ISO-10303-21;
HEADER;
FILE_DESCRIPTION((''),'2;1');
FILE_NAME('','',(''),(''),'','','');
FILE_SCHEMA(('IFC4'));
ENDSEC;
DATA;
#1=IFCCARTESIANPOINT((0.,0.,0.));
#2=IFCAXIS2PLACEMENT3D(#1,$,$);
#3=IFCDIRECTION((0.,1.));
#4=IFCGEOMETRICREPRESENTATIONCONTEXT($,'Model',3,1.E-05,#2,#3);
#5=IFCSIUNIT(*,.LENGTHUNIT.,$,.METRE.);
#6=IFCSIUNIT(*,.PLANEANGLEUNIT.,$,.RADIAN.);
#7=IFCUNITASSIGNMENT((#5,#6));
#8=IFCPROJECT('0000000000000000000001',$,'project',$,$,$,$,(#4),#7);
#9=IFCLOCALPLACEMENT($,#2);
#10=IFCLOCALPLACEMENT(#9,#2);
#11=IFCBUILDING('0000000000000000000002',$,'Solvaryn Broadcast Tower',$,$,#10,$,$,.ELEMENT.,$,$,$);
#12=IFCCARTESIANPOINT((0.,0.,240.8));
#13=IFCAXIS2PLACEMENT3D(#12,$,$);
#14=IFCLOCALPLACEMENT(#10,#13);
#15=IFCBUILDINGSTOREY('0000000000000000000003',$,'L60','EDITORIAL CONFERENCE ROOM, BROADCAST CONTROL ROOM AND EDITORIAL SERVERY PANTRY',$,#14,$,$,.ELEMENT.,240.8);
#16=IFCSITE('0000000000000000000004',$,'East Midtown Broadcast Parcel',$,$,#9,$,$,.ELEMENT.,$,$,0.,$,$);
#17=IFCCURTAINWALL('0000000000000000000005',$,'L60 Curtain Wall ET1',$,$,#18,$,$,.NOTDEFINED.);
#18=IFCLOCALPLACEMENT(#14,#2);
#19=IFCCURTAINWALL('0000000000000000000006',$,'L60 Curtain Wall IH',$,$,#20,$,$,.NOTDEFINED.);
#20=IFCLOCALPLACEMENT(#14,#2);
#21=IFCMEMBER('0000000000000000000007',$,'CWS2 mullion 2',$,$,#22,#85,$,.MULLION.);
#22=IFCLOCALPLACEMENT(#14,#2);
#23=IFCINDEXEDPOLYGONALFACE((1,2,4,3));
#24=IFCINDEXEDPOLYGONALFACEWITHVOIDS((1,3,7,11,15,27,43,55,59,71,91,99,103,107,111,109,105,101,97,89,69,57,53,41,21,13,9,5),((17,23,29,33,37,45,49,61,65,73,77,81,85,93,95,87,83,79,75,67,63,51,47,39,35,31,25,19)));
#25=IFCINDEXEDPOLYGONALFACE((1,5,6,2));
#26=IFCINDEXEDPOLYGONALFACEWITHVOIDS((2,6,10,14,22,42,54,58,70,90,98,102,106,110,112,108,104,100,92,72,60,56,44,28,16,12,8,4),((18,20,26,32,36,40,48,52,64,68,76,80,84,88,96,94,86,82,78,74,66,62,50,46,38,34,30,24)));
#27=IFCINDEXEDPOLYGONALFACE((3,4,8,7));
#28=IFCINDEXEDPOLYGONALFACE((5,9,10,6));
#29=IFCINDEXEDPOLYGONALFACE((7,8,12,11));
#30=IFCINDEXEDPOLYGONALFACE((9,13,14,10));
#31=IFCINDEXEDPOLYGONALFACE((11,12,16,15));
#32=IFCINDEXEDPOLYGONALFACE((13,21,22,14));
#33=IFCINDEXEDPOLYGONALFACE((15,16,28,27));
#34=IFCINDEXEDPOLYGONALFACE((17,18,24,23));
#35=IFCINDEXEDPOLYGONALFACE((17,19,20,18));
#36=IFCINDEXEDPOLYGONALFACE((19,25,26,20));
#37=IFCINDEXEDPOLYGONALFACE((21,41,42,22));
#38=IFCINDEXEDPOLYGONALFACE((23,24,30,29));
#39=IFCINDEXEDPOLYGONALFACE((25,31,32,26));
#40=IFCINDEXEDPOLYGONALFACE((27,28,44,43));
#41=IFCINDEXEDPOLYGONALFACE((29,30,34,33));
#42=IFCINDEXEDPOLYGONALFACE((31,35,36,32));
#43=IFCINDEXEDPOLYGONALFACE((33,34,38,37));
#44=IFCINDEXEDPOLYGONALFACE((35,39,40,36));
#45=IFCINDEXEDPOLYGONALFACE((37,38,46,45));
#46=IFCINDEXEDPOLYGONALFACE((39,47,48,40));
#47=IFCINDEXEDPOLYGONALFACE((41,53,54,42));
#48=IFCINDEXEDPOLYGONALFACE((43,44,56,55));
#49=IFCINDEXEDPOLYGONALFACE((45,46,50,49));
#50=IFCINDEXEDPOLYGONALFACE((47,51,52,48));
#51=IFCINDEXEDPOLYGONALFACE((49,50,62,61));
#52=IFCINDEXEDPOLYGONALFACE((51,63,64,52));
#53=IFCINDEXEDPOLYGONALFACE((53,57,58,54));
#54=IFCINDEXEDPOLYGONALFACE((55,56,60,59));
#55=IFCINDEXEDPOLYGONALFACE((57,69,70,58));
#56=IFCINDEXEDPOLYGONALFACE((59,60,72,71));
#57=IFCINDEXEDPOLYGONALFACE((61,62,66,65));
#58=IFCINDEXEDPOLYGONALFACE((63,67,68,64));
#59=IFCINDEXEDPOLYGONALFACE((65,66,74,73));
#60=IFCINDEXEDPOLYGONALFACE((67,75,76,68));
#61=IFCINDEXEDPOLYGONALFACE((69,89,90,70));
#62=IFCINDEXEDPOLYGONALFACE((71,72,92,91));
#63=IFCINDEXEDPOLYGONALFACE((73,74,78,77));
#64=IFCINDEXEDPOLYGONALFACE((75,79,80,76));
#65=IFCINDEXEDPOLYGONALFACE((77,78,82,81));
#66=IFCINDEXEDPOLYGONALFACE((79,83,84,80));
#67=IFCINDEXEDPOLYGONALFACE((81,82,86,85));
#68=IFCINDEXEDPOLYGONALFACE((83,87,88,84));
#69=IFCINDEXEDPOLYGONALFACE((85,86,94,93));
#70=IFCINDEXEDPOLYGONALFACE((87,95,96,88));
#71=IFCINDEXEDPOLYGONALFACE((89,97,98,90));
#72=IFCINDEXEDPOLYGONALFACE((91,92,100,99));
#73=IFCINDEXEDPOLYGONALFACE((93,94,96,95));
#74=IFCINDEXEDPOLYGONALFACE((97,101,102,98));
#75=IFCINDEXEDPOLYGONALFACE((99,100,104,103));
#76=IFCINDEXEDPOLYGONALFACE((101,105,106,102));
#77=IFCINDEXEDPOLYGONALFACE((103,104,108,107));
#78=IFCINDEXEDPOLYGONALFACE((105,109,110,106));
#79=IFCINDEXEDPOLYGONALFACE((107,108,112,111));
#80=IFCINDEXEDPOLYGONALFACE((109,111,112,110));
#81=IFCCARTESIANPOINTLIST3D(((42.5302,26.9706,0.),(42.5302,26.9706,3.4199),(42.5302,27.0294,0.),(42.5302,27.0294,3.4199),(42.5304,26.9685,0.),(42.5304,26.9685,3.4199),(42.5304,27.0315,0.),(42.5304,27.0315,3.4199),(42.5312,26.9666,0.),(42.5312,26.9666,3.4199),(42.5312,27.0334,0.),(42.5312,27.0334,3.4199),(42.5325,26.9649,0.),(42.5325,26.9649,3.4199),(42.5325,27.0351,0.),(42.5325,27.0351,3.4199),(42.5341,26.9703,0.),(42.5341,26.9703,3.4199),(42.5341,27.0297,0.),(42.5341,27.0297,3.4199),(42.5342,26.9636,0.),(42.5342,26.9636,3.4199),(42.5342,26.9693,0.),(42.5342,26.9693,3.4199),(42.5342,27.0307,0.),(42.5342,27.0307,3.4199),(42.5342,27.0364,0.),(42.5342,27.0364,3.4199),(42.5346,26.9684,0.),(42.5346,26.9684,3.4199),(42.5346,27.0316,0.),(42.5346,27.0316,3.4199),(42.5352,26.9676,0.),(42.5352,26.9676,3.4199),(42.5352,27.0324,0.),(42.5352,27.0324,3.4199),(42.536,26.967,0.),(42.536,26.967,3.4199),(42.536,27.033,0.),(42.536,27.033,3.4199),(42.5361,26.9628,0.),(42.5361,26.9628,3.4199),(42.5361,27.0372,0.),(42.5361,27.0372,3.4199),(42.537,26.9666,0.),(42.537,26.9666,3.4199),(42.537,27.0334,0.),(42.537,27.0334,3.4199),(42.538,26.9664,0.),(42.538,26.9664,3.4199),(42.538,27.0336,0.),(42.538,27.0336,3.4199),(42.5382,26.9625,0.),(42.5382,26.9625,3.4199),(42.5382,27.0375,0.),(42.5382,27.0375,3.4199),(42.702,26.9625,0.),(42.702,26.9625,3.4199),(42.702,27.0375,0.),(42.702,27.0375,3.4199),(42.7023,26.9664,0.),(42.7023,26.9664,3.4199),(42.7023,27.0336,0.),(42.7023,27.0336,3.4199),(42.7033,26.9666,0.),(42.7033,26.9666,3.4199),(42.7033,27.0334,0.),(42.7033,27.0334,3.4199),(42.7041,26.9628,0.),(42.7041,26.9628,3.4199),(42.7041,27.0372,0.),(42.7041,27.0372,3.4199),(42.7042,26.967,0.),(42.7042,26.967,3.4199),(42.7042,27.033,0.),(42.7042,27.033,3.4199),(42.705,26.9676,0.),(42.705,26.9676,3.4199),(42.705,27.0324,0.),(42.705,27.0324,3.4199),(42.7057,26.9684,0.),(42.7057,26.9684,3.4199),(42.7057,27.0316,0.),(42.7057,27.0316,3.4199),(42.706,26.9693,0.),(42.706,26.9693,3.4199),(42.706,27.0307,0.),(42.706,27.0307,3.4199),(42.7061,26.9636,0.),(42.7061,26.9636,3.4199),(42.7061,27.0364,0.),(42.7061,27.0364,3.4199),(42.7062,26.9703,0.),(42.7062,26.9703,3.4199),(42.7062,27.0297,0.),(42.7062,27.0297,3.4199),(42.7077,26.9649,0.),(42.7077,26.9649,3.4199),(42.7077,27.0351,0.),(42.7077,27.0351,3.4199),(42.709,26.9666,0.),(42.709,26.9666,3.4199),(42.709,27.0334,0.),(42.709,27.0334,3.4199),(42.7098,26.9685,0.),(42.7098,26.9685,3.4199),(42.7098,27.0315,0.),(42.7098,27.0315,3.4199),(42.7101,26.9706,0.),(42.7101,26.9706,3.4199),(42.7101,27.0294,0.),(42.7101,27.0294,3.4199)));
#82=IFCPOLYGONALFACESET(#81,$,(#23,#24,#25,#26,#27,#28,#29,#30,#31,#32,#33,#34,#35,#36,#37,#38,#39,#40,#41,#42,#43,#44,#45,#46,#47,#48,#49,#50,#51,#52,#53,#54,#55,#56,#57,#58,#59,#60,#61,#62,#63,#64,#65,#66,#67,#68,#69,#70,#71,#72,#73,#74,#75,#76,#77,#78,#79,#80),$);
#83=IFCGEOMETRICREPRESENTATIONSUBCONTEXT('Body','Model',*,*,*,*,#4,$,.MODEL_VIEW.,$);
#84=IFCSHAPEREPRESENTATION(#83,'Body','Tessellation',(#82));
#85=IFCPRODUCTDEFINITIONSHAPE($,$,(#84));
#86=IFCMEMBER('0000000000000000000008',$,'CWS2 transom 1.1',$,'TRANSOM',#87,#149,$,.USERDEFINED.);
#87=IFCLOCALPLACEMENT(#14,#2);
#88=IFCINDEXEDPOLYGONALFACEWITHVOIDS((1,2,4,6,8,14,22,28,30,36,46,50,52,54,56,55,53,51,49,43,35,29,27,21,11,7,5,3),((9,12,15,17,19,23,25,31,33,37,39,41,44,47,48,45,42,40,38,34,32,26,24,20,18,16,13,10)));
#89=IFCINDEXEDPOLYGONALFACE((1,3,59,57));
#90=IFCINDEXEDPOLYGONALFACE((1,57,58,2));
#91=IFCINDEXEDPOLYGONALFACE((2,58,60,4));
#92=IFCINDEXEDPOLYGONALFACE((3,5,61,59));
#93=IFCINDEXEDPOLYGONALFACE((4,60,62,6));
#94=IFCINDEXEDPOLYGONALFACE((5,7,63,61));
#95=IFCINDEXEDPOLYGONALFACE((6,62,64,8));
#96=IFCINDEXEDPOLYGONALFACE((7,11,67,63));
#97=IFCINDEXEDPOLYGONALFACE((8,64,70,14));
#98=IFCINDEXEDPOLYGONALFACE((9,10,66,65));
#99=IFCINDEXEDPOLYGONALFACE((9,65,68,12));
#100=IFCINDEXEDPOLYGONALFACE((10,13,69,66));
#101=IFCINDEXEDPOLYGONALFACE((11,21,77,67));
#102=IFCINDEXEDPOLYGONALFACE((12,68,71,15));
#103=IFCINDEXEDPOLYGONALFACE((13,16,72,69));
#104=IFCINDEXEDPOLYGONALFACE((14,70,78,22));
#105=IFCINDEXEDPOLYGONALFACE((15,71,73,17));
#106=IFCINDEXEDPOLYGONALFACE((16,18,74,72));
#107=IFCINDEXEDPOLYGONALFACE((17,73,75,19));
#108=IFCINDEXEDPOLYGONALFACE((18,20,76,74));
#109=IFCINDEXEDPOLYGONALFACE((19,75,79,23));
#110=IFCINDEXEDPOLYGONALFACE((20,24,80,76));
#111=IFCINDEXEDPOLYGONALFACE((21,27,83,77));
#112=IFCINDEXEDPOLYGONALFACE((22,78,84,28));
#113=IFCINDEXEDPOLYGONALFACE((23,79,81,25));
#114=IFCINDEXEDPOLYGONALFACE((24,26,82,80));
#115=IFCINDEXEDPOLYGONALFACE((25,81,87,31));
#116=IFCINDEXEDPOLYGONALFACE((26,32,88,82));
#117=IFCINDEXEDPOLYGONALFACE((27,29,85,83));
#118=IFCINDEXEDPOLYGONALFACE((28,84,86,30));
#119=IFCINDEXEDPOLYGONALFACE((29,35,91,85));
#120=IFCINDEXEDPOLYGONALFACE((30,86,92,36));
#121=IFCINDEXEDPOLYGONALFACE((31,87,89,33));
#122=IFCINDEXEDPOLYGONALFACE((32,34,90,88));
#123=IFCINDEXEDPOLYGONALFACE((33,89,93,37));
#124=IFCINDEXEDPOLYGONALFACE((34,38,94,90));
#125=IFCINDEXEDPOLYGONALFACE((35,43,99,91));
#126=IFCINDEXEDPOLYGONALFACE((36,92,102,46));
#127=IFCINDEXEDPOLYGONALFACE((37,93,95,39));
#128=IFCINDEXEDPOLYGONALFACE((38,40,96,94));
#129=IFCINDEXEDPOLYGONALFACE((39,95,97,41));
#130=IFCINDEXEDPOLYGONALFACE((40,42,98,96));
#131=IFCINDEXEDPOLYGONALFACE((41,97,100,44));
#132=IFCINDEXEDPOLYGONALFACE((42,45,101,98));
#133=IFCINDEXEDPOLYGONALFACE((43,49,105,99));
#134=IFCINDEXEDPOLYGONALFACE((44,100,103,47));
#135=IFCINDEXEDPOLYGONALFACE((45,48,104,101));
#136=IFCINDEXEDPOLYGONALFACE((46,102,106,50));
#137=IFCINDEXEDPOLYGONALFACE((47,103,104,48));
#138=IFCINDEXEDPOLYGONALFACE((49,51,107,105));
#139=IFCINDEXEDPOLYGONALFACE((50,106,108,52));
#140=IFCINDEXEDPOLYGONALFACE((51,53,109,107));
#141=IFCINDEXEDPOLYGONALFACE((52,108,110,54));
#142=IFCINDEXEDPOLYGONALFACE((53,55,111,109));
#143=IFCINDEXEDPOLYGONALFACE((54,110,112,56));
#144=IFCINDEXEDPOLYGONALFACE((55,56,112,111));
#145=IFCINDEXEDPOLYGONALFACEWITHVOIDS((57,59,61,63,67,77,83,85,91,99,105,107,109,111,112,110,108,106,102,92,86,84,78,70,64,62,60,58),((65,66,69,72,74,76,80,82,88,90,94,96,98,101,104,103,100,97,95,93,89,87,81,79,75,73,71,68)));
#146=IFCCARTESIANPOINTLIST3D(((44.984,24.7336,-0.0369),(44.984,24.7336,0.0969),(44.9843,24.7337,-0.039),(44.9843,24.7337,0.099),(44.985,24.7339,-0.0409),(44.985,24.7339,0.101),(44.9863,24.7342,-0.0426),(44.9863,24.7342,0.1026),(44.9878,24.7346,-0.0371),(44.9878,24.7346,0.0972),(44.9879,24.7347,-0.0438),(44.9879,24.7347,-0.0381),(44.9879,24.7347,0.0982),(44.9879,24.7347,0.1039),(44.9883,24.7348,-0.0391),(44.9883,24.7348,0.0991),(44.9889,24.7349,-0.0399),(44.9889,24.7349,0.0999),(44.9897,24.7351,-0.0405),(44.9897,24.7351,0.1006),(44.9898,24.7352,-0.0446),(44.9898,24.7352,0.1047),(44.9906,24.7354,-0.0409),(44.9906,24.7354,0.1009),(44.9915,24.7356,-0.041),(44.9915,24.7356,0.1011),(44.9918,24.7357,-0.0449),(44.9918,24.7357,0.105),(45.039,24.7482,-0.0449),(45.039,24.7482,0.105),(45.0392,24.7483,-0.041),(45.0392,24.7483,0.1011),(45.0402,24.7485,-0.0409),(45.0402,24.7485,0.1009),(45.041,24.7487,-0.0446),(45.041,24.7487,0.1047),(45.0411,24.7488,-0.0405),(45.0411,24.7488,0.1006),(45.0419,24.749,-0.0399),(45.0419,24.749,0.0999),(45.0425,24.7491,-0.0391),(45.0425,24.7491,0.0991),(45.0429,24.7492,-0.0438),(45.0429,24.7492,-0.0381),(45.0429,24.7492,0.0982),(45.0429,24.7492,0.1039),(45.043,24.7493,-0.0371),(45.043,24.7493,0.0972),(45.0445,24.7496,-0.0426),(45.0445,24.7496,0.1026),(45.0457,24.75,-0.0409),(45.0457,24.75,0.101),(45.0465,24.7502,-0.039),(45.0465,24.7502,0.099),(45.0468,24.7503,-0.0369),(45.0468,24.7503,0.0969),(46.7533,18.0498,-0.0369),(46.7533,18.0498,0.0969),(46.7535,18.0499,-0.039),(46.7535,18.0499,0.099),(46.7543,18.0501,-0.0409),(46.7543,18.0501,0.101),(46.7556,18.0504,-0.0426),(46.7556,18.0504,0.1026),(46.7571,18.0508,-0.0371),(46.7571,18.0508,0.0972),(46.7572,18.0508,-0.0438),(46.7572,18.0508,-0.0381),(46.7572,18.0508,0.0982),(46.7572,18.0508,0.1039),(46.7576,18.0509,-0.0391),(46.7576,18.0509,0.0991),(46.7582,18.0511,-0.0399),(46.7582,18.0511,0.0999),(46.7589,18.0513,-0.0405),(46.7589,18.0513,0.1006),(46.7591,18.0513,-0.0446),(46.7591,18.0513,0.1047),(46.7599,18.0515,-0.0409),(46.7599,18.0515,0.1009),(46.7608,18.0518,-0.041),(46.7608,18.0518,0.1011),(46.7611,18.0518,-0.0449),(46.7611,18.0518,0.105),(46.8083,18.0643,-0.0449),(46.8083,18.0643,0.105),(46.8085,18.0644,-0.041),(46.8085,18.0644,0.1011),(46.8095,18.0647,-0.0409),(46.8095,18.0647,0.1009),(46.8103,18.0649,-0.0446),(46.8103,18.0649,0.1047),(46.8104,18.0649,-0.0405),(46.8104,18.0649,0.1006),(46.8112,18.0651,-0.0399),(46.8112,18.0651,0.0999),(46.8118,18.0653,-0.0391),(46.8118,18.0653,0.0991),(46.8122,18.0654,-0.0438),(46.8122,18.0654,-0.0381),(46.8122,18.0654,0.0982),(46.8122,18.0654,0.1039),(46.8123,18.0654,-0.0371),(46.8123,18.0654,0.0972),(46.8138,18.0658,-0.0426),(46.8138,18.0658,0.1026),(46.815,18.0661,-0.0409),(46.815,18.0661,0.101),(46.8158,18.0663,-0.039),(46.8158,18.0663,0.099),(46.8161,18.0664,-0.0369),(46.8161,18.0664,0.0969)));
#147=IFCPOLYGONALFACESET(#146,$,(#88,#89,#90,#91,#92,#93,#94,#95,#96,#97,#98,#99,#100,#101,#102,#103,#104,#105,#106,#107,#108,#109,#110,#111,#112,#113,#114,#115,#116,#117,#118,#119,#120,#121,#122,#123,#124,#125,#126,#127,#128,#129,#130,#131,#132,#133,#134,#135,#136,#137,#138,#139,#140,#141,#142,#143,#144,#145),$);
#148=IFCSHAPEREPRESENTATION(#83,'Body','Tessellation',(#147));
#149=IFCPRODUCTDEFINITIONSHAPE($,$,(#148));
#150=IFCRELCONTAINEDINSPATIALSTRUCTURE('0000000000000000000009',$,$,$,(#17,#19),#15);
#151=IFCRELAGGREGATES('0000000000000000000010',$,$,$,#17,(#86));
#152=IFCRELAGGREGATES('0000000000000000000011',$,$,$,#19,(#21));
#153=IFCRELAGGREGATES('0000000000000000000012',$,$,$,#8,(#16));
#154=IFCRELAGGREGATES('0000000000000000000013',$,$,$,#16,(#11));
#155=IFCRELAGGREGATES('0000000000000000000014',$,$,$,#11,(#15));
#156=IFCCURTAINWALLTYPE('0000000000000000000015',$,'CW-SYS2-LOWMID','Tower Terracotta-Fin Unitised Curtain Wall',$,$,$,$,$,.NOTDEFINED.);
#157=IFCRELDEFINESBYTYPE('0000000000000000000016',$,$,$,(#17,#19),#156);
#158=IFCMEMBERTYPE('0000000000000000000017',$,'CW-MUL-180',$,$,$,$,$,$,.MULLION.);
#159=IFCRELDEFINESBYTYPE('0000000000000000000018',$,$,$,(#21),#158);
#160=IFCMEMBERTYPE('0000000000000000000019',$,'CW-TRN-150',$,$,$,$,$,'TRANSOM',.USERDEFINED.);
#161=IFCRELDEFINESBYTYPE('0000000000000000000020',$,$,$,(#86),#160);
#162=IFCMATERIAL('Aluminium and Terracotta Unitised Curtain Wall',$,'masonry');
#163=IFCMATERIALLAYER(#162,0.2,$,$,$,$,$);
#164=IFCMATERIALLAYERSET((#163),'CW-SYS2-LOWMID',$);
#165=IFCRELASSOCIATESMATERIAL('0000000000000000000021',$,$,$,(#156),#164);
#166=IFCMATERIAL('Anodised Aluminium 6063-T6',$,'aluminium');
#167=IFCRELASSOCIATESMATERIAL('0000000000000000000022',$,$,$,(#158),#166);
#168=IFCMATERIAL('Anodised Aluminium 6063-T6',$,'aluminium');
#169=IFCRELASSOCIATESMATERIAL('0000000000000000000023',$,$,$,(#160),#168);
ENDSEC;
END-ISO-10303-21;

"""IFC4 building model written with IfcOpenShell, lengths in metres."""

from ifc_helpers import new_model, si_unit, direction, frame, origin, origin_2d, place, context, subcontext, project, spatial, hollow_rectangle, extrude, material, layer, layer_set, material_profile, profile_set, type_object, element, aggregate, save


model = new_model("IFC4")

# Units and contexts
model_context = context("Model", 3, precision=1e-05, world=origin(), true_north=direction((0.0, 1.0)))
body_context = subcontext(model_context, "Body", "Model", "MODEL_VIEW")
ifc_project = project(units=[si_unit("LENGTHUNIT", "METRE"), si_unit("PLANEANGLEUNIT", "RADIAN")], contexts=[model_context])

# Site, building, storey
site_placement = place(None, origin())
site = spatial("IfcSite", under=ifc_project, at=site_placement, Name="East Midtown Broadcast Parcel", CompositionType="ELEMENT", RefElevation=0.0)
building_placement = place(site_placement, origin())
building = spatial("IfcBuilding", under=site, at=building_placement, Name="Solvaryn Broadcast Tower", CompositionType="ELEMENT")
storey_placement = place(building_placement, frame((0.0, 0.0, 240.8)))
storey = spatial("IfcBuildingStorey", under=building, at=storey_placement, Name="L60", Description="EDITORIAL CONFERENCE ROOM, BROADCAST CONTROL ROOM AND EDITORIAL SERVERY PANTRY", CompositionType="ELEMENT", Elevation=240.8)

# Curtain wall
ifc_material_1 = material(Name="Aluminium and Terracotta Unitised Curtain Wall", Category="masonry")
ifc_layer_1 = layer(ifc_material_1, 0.2)
ifc_layer_set_1 = layer_set([ifc_layer_1], Name="CW-SYS2-LOWMID")
curtain_wall_type = type_object("IfcCurtainWallType", Name="CW-SYS2-LOWMID", Description="Tower Terracotta-Fin Unitised Curtain Wall", PredefinedType="NOTDEFINED", material=ifc_layer_set_1)
curtain_wall_1_placement = place(storey_placement, origin())
curtain_wall_1 = element("IfcCurtainWall", 1, at=curtain_wall_1_placement, inside=storey, type_object=curtain_wall_type, Name="L60 Curtain Wall ET1", PredefinedType="NOTDEFINED")
ifc_material_2 = material(Name="Anodised Aluminium 6063-T6", Category="aluminium")
ifc_material_profile_1 = material_profile(ifc_material_2, hollow_rectangle(XDim=0.075, YDim=0.1799, WallThickness=0.0039, InnerFilletRadius=0.0039, OuterFilletRadius=0.0081, at=origin_2d()))
ifc_profile_set_1 = profile_set([ifc_material_profile_1], Name="Anodised Aluminium 6063-T6")
member_type_1 = type_object("IfcMemberType", Name="CW-MUL-180", PredefinedType="MULLION", material=ifc_profile_set_1)

# Curtain wall, member
curtain_wall_2_placement = place(storey_placement, origin())
curtain_wall_2 = element("IfcCurtainWall", 2, at=curtain_wall_2_placement, inside=storey, type_object=curtain_wall_type, Name="L60 Curtain Wall IH", PredefinedType="NOTDEFINED")
member_1_placement = place(storey_placement, frame((42.6201, 27.0, 0.0), z_axis=(0.0, 0.0, 1.0), x_axis=(0.0, 1.0, 0.0)))
member_1 = element("IfcMember", 3, at=member_1_placement, type_object=member_type_1, Name="CWS2 mullion 2", PredefinedType="MULLION", context=body_context, shape_type="SweptSolid", body=[
    extrude(hollow_rectangle(XDim=0.075, YDim=0.1799, WallThickness=0.0039, InnerFilletRadius=0.0039, OuterFilletRadius=0.0081, at=origin_2d()), origin(), (0.0, 0.0, 1.0), 3.4199),
])

# Member
ifc_material_3 = material(Name="Anodised Aluminium 6063-T6", Category="aluminium")
ifc_material_profile_2 = material_profile(ifc_material_3, hollow_rectangle(XDim=0.0649, YDim=0.1499, WallThickness=0.0039, InnerFilletRadius=0.0039, OuterFilletRadius=0.0081, at=origin_2d()))
ifc_profile_set_2 = profile_set([ifc_material_profile_2], Name="Anodised Aluminium 6063-T6")
member_type_2 = type_object("IfcMemberType", Name="CW-TRN-150", ElementType="TRANSOM", PredefinedType="USERDEFINED", material=ifc_profile_set_2)
member_2_placement = place(storey_placement, frame((45.0154, 24.7419, 0.03), z_axis=(0.255897, -0.966704, 0.0), x_axis=(0.966704, 0.255897, 0.0)))
member_2 = element("IfcMember", 4, at=member_2_placement, type_object=member_type_2, Name="CWS2 transom 1.1", ObjectType="TRANSOM", PredefinedType="USERDEFINED", context=body_context, shape_type="SweptSolid", body=[
    extrude(hollow_rectangle(XDim=0.0649, YDim=0.1499, WallThickness=0.0039, InnerFilletRadius=0.0039, OuterFilletRadius=0.0081, at=origin_2d()), origin(), (0.0, 0.0, 1.0), 6.9141),
])

aggregate(curtain_wall_1, [member_2])
aggregate(curtain_wall_2, [member_1])

save(model, "model.ifc")
